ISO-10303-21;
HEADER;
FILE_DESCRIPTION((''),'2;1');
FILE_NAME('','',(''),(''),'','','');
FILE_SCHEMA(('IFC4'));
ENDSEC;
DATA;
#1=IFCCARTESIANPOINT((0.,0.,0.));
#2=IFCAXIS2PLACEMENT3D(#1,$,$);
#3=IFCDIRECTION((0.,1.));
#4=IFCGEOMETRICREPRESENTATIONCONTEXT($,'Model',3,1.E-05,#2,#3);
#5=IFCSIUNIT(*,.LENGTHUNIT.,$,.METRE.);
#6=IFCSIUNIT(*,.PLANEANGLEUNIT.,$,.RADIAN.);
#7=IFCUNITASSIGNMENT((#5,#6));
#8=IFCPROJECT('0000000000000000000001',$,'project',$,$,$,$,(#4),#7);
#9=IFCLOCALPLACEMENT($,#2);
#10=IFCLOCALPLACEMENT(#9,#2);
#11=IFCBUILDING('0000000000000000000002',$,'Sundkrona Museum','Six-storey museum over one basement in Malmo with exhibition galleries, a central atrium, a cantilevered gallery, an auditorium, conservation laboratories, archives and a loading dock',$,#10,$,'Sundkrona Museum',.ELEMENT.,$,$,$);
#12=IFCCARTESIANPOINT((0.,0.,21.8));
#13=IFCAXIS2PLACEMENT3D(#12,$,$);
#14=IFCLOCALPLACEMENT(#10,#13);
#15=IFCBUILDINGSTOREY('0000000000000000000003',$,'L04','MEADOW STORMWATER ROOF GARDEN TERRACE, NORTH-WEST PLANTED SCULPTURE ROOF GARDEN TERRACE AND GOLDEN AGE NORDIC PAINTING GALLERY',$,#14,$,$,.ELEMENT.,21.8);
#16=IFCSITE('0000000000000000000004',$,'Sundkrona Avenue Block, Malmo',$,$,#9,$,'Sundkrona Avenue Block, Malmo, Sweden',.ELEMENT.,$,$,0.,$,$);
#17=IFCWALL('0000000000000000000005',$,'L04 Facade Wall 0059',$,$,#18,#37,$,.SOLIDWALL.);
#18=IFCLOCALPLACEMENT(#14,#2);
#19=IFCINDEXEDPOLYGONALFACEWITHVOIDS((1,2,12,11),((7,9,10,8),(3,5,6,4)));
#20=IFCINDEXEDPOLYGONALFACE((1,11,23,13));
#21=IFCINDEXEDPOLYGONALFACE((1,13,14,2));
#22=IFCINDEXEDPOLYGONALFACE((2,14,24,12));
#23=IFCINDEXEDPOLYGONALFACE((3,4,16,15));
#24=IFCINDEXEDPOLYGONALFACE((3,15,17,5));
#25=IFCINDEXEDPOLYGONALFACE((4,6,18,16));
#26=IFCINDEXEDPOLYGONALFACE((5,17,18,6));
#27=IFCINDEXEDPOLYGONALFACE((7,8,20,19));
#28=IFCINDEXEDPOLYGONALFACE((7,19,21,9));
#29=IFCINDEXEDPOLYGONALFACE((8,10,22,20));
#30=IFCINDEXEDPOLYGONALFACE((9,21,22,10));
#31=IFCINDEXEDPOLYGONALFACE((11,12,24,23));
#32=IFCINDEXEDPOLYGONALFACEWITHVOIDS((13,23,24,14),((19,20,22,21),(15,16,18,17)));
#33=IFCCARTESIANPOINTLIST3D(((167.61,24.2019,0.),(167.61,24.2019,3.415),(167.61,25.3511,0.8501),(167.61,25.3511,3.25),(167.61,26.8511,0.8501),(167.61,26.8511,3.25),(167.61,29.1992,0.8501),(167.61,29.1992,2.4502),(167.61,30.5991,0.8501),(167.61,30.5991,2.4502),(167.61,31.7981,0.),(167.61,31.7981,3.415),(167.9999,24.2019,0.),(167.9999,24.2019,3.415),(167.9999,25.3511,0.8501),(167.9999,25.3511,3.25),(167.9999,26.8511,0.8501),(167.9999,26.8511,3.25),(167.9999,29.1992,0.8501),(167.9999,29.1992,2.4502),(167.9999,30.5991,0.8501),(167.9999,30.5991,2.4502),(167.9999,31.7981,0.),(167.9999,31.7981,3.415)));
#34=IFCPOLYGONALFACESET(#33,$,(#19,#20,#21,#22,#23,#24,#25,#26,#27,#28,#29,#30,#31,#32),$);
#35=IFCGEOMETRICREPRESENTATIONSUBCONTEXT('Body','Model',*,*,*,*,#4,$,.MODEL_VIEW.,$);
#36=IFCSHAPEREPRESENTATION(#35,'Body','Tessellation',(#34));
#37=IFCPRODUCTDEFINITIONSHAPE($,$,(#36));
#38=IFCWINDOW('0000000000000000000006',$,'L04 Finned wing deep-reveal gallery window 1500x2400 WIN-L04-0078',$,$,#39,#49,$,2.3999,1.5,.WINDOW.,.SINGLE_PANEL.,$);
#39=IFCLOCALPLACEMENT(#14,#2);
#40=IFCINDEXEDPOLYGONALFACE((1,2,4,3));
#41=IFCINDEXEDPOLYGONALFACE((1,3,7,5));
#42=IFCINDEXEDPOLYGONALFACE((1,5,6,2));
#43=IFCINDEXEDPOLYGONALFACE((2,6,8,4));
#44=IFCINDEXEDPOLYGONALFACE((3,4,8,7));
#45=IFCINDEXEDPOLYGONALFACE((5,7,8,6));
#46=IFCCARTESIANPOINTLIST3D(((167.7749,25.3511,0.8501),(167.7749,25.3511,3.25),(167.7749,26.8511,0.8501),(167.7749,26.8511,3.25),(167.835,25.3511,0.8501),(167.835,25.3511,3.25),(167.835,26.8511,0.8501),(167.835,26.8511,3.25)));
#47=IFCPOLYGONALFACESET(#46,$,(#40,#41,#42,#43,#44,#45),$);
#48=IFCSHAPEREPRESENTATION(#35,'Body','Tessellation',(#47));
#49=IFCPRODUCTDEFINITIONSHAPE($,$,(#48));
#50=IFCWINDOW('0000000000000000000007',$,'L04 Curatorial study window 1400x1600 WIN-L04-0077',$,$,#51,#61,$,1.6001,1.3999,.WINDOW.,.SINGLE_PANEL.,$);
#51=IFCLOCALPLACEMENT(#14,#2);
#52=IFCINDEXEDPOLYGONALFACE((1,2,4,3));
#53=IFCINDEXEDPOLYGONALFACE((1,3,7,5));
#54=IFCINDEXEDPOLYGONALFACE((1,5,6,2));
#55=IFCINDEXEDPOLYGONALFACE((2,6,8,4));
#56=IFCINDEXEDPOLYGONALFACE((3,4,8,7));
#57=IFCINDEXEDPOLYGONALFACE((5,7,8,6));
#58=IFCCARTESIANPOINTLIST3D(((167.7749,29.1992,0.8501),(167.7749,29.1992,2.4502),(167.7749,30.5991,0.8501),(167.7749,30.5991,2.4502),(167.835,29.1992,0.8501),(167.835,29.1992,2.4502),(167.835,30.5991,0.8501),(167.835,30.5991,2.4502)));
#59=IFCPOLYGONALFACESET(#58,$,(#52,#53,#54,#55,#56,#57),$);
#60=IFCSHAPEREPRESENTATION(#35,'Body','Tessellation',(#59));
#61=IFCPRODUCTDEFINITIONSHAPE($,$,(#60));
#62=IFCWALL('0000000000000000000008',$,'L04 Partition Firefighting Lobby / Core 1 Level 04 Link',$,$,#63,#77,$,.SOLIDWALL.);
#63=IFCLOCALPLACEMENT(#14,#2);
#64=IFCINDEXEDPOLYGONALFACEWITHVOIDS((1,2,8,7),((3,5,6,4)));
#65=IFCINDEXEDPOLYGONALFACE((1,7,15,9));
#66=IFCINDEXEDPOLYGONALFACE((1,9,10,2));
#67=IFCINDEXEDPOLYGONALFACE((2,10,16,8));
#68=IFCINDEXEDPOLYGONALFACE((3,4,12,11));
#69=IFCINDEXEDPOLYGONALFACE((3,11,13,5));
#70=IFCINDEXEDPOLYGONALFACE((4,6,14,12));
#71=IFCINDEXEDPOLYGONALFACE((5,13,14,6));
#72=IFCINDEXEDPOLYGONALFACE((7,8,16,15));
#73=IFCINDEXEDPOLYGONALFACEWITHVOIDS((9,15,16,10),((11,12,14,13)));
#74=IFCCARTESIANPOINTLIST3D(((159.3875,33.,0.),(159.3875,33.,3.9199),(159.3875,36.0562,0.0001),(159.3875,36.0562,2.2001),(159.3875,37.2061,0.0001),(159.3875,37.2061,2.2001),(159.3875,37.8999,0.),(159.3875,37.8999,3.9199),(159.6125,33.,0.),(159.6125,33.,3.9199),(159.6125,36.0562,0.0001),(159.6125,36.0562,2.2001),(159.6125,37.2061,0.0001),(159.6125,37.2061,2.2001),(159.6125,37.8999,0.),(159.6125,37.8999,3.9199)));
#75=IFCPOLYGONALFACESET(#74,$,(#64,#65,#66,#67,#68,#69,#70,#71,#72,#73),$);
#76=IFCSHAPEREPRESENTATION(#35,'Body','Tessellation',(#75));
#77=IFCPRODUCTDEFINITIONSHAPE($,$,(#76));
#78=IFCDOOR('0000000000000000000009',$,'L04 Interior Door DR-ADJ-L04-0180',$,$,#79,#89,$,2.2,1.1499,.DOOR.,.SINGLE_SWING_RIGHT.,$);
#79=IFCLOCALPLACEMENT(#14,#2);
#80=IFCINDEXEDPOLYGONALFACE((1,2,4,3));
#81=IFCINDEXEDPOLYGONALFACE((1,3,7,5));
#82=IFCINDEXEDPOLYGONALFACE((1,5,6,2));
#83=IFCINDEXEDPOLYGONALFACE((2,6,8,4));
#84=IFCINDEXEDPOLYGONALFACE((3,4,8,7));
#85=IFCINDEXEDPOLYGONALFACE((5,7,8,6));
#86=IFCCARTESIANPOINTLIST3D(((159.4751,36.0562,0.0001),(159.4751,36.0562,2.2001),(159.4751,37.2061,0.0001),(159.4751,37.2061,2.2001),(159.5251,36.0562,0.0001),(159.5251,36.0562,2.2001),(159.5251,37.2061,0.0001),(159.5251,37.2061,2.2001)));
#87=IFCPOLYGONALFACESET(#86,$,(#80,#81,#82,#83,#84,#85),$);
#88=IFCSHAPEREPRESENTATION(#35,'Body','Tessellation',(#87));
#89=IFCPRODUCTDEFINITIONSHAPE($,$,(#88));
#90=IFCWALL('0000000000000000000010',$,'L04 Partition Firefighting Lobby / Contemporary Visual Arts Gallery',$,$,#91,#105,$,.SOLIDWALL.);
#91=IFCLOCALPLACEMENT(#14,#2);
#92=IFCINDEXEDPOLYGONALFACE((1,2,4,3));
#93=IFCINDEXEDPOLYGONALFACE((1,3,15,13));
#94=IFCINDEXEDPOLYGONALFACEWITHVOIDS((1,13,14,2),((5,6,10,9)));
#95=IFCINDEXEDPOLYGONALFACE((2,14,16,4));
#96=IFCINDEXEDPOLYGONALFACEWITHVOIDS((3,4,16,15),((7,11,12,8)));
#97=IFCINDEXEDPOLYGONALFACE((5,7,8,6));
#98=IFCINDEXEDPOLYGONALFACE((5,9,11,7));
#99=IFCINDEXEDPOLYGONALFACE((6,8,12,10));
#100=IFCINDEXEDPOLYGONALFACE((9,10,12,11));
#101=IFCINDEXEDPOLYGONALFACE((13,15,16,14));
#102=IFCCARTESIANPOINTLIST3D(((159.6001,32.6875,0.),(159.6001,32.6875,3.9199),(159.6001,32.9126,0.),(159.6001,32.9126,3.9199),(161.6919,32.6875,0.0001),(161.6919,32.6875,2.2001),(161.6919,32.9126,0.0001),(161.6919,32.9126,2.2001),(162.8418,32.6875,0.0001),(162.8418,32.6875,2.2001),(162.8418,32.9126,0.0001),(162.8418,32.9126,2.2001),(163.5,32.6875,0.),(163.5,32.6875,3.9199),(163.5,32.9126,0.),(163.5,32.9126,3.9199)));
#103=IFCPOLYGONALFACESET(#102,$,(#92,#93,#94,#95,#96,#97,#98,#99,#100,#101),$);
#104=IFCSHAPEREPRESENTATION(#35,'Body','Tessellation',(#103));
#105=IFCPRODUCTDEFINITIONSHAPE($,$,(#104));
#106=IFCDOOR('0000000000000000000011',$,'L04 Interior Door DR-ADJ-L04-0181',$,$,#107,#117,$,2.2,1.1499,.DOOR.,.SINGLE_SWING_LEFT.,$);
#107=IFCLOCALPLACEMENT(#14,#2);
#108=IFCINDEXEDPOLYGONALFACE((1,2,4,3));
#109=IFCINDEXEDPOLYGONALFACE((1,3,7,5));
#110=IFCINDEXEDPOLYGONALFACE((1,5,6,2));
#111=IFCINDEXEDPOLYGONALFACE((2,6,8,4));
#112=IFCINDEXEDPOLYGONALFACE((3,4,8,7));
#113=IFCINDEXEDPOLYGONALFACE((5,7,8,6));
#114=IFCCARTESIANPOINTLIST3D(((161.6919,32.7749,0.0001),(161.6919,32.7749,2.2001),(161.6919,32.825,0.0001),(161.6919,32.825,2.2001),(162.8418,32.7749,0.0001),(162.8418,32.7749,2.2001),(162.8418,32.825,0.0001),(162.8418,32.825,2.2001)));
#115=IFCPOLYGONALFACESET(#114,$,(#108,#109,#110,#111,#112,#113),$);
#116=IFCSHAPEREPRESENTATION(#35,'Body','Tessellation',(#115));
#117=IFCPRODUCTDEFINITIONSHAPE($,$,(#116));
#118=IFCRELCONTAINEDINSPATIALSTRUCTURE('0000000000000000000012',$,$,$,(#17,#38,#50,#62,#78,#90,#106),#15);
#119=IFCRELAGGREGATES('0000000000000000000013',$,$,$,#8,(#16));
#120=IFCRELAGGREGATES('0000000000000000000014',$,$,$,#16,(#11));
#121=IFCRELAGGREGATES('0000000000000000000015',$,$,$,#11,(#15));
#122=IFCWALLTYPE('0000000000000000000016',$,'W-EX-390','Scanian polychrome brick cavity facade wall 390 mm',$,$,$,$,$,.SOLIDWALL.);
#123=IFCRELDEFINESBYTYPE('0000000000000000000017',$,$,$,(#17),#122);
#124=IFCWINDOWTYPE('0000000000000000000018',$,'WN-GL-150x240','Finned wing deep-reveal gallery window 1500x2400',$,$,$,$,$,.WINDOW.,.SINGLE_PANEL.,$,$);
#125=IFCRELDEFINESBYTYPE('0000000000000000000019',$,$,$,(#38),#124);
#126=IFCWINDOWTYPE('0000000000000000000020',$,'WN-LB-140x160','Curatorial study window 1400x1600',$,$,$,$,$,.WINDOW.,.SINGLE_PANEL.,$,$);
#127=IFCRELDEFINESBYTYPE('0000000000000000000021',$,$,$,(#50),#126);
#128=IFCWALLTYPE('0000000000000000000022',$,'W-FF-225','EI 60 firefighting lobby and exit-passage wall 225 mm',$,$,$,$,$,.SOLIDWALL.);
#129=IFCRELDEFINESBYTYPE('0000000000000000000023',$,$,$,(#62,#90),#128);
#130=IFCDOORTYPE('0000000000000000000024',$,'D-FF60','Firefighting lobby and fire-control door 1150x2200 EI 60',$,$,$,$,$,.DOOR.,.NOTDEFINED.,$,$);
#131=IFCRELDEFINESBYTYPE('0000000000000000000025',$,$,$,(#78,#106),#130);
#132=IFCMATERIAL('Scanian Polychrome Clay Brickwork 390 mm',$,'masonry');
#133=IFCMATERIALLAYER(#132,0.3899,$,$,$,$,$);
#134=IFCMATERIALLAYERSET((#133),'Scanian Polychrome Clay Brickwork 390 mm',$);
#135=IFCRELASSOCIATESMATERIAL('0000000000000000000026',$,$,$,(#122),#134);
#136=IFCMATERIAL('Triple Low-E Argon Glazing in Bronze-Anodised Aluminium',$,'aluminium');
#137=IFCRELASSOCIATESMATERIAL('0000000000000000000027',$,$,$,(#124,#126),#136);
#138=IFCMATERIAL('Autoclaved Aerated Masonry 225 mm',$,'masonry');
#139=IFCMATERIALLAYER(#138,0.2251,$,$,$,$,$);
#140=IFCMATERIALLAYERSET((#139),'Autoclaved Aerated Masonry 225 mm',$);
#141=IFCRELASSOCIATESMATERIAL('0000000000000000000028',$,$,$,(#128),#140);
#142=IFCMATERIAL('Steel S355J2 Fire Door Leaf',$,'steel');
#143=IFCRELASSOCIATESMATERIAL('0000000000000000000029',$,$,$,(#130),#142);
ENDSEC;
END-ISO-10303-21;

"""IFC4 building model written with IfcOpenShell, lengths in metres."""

from ifc_helpers import new_model, si_unit, direction, frame, frame_2d, origin, place, context, subcontext, project, spatial, rectangle, extrude, material, layer, layer_set, type_object, element, fill, save


model = new_model("IFC4")

# Units and contexts
model_context = context("Model", 3, precision=1e-05, world=origin(), true_north=direction((0.0, 1.0)))
body_context = subcontext(model_context, "Body", "Model", "MODEL_VIEW")
ifc_project = project(units=[si_unit("LENGTHUNIT", "METRE"), si_unit("PLANEANGLEUNIT", "RADIAN")], contexts=[model_context])

# Site, building, storey
site_placement = place(None, origin())
site = spatial("IfcSite", under=ifc_project, at=site_placement, Name="Sundkrona Avenue Block, Malmo", LongName="Sundkrona Avenue Block, Malmo, Sweden", CompositionType="ELEMENT", RefElevation=0.0)
building_placement = place(site_placement, origin())
building = spatial("IfcBuilding", under=site, at=building_placement, Name="Sundkrona Museum", Description="Six-storey museum over one basement in Malmo with exhibition galleries, a central atrium, a cantilevered gallery, an auditorium, conservation laboratories, archives and a loading dock", LongName="Sundkrona Museum", CompositionType="ELEMENT")
storey_placement = place(building_placement, frame((0.0, 0.0, 21.8)))
storey = spatial("IfcBuildingStorey", under=building, at=storey_placement, Name="L04", Description="MEADOW STORMWATER ROOF GARDEN TERRACE, NORTH-WEST PLANTED SCULPTURE ROOF GARDEN TERRACE AND GOLDEN AGE NORDIC PAINTING GALLERY", CompositionType="ELEMENT", Elevation=21.8)

# Shared definitions
ifc_material_1 = material(Name="Steel S355J2 Fire Door Leaf", Category="steel")

# Wall, openings, windows
ifc_material_2 = material(Name="Scanian Polychrome Clay Brickwork 390 mm", Category="masonry")
ifc_layer_1 = layer(ifc_material_2, 0.3899)
ifc_layer_set_1 = layer_set([ifc_layer_1], Name="Scanian Polychrome Clay Brickwork 390 mm")
wall_type_1 = type_object("IfcWallType", Name="W-EX-390", Description="Scanian polychrome brick cavity facade wall 390 mm", PredefinedType="SOLIDWALL", material=ifc_layer_set_1)
wall_1_placement = place(storey_placement, frame((167.8049, 31.7981, 0.0), z_axis=(0.0, 0.0, 1.0), x_axis=(0.0, -1.0, 0.0)))
wall_1 = element("IfcWall", 1, at=wall_1_placement, inside=storey, type_object=wall_type_1, Name="L04 Facade Wall 0059", PredefinedType="SOLIDWALL", context=body_context, shape_type="SweptSolid", body=[
    extrude(rectangle(XDim=7.5962, YDim=0.3899, at=frame_2d((3.7981, 0.0))), origin(), (0.0, 0.0, 1.0), 3.415),
])
opening_1_placement = place(wall_1_placement, frame((1.199, 0.0, 0.8501)))
opening_1 = element("IfcOpeningElement", 2, at=opening_1_placement, cuts=wall_1, PredefinedType="OPENING", context=body_context, shape_type="SweptSolid", body=[
    extrude(rectangle(XDim=1.3999, YDim=1.6001, at=frame_2d((0.7, 0.8))), frame((0.0, 0.2048, 0.0), z_axis=(0.0, -1.0, 0.0), x_axis=(1.0, 0.0, 0.0)), (0.0, 0.0, 1.0), 0.4099),
])
opening_2_placement = place(wall_1_placement, frame((4.947, 0.0, 0.8501)))
opening_2 = element("IfcOpeningElement", 3, at=opening_2_placement, cuts=wall_1, PredefinedType="OPENING", context=body_context, shape_type="SweptSolid", body=[
    extrude(rectangle(XDim=1.5, YDim=2.3999, at=frame_2d((0.75, 1.2))), frame((0.0, 0.2048, 0.0), z_axis=(0.0, -1.0, 0.0), x_axis=(1.0, 0.0, 0.0)), (0.0, 0.0, 1.0), 0.4099),
])
ifc_material_3 = material(Name="Triple Low-E Argon Glazing in Bronze-Anodised Aluminium", Category="aluminium")
window_type_1 = type_object("IfcWindowType", Name="WN-GL-150x240", Description="Finned wing deep-reveal gallery window 1500x2400", PartitioningType="SINGLE_PANEL", PredefinedType="WINDOW", material=ifc_material_3)
window_1_placement = place(opening_2_placement, origin())
window_1 = element("IfcWindow", 4, at=window_1_placement, inside=storey, type_object=window_type_1, Name="L04 Finned wing deep-reveal gallery window 1500x2400 WIN-L04-0078", OverallHeight=2.3999, OverallWidth=1.5, PartitioningType="SINGLE_PANEL", PredefinedType="WINDOW", context=body_context, shape_type="SweptSolid", body=[
    extrude(rectangle(XDim=1.5, YDim=2.3999, at=frame_2d((0.75, 1.2))), frame((0.0, 0.03, 0.0), z_axis=(0.0, -1.0, 0.0), x_axis=(1.0, 0.0, 0.0)), (0.0, 0.0, 1.0), 0.0601),
])
fill(opening_2, window_1)
window_type_2 = type_object("IfcWindowType", Name="WN-LB-140x160", Description="Curatorial study window 1400x1600", PartitioningType="SINGLE_PANEL", PredefinedType="WINDOW", material=ifc_material_3)
window_2_placement = place(opening_1_placement, origin())
window_2 = element("IfcWindow", 5, at=window_2_placement, inside=storey, type_object=window_type_2, Name="L04 Curatorial study window 1400x1600 WIN-L04-0077", OverallHeight=1.6001, OverallWidth=1.3999, PartitioningType="SINGLE_PANEL", PredefinedType="WINDOW", context=body_context, shape_type="SweptSolid", body=[
    extrude(rectangle(XDim=1.3999, YDim=1.6001, at=frame_2d((0.7, 0.8))), frame((0.0, 0.03, 0.0), z_axis=(0.0, -1.0, 0.0), x_axis=(1.0, 0.0, 0.0)), (0.0, 0.0, 1.0), 0.0601),
])
fill(opening_1, window_2)

# Walls, openings, doors
ifc_material_4 = material(Name="Autoclaved Aerated Masonry 225 mm", Category="masonry")
ifc_layer_2 = layer(ifc_material_4, 0.2251)
ifc_layer_set_2 = layer_set([ifc_layer_2], Name="Autoclaved Aerated Masonry 225 mm")
wall_type_2 = type_object("IfcWallType", Name="W-FF-225", Description="EI 60 firefighting lobby and exit-passage wall 225 mm", PredefinedType="SOLIDWALL", material=ifc_layer_set_2)
wall_2_placement = place(storey_placement, frame((159.5, 33.0, 0.0), z_axis=(0.0, 0.0, 1.0), x_axis=(0.0, 1.0, 0.0)))
wall_2 = element("IfcWall", 6, at=wall_2_placement, inside=storey, type_object=wall_type_2, Name="L04 Partition Firefighting Lobby / Core 1 Level 04 Link", PredefinedType="SOLIDWALL", context=body_context, shape_type="SweptSolid", body=[
    extrude(rectangle(XDim=4.8999, YDim=0.2251, at=frame_2d((2.45, 0.0))), origin(), (0.0, 0.0, 1.0), 3.9199),
])
opening_3_placement = place(wall_2_placement, frame((3.0562, 0.0, 0.0)))
opening_3 = element("IfcOpeningElement", 7, at=opening_3_placement, cuts=wall_2, PredefinedType="OPENING", context=body_context, shape_type="SweptSolid", body=[
    extrude(rectangle(XDim=1.1499, YDim=2.2, at=frame_2d((0.575, 1.1001))), frame((0.0, 0.1226, 0.0), z_axis=(0.0, -1.0, 0.0), x_axis=(1.0, 0.0, 0.0)), (0.0, 0.0, 1.0), 0.2451),
])
door_type_1 = type_object("IfcDoorType", Name="D-FF60", Description="Firefighting lobby and fire-control door 1150x2200 EI 60", OperationType="NOTDEFINED", PredefinedType="DOOR", material=ifc_material_1)
door_1_placement = place(opening_3_placement, origin())
door_1 = element("IfcDoor", 8, at=door_1_placement, inside=storey, type_object=door_type_1, Name="L04 Interior Door DR-ADJ-L04-0180", OperationType="SINGLE_SWING_RIGHT", OverallHeight=2.2, OverallWidth=1.1499, PredefinedType="DOOR", context=body_context, shape_type="SweptSolid", body=[
    extrude(rectangle(XDim=1.1499, YDim=2.2, at=frame_2d((0.575, 1.1001))), frame((0.0, 0.0249, 0.0), z_axis=(0.0, -1.0, 0.0), x_axis=(1.0, 0.0, 0.0)), (0.0, 0.0, 1.0), 0.05),
])
fill(opening_3, door_1)
wall_3_placement = place(storey_placement, frame((159.6001, 32.8, 0.0), z_axis=(0.0, 0.0, 1.0), x_axis=(1.0, 0.0, 0.0)))
wall_3 = element("IfcWall", 9, at=wall_3_placement, inside=storey, type_object=wall_type_2, Name="L04 Partition Firefighting Lobby / Contemporary Visual Arts Gallery", PredefinedType="SOLIDWALL", context=body_context, shape_type="SweptSolid", body=[
    extrude(rectangle(XDim=3.8999, YDim=0.2251, at=frame_2d((1.95, 0.0))), origin(), (0.0, 0.0, 1.0), 3.9199),
])
opening_4_placement = place(wall_3_placement, frame((2.0918, 0.0, 0.0)))
opening_4 = element("IfcOpeningElement", 10, at=opening_4_placement, cuts=wall_3, PredefinedType="OPENING", context=body_context, shape_type="SweptSolid", body=[
    extrude(rectangle(XDim=1.1499, YDim=2.2, at=frame_2d((0.575, 1.1001))), frame((0.0, 0.1226, 0.0), z_axis=(0.0, -1.0, 0.0), x_axis=(1.0, 0.0, 0.0)), (0.0, 0.0, 1.0), 0.2451),
])
door_2_placement = place(opening_4_placement, origin())
door_2 = element("IfcDoor", 11, at=door_2_placement, inside=storey, type_object=door_type_1, Name="L04 Interior Door DR-ADJ-L04-0181", OperationType="SINGLE_SWING_LEFT", OverallHeight=2.2, OverallWidth=1.1499, PredefinedType="DOOR", context=body_context, shape_type="SweptSolid", body=[
    extrude(rectangle(XDim=1.1499, YDim=2.2, at=frame_2d((0.575, 1.1001))), frame((0.0, 0.0249, 0.0), z_axis=(0.0, -1.0, 0.0), x_axis=(1.0, 0.0, 0.0)), (0.0, 0.0, 1.0), 0.05),
])
fill(opening_4, door_2)

save(model, "model.ifc")
